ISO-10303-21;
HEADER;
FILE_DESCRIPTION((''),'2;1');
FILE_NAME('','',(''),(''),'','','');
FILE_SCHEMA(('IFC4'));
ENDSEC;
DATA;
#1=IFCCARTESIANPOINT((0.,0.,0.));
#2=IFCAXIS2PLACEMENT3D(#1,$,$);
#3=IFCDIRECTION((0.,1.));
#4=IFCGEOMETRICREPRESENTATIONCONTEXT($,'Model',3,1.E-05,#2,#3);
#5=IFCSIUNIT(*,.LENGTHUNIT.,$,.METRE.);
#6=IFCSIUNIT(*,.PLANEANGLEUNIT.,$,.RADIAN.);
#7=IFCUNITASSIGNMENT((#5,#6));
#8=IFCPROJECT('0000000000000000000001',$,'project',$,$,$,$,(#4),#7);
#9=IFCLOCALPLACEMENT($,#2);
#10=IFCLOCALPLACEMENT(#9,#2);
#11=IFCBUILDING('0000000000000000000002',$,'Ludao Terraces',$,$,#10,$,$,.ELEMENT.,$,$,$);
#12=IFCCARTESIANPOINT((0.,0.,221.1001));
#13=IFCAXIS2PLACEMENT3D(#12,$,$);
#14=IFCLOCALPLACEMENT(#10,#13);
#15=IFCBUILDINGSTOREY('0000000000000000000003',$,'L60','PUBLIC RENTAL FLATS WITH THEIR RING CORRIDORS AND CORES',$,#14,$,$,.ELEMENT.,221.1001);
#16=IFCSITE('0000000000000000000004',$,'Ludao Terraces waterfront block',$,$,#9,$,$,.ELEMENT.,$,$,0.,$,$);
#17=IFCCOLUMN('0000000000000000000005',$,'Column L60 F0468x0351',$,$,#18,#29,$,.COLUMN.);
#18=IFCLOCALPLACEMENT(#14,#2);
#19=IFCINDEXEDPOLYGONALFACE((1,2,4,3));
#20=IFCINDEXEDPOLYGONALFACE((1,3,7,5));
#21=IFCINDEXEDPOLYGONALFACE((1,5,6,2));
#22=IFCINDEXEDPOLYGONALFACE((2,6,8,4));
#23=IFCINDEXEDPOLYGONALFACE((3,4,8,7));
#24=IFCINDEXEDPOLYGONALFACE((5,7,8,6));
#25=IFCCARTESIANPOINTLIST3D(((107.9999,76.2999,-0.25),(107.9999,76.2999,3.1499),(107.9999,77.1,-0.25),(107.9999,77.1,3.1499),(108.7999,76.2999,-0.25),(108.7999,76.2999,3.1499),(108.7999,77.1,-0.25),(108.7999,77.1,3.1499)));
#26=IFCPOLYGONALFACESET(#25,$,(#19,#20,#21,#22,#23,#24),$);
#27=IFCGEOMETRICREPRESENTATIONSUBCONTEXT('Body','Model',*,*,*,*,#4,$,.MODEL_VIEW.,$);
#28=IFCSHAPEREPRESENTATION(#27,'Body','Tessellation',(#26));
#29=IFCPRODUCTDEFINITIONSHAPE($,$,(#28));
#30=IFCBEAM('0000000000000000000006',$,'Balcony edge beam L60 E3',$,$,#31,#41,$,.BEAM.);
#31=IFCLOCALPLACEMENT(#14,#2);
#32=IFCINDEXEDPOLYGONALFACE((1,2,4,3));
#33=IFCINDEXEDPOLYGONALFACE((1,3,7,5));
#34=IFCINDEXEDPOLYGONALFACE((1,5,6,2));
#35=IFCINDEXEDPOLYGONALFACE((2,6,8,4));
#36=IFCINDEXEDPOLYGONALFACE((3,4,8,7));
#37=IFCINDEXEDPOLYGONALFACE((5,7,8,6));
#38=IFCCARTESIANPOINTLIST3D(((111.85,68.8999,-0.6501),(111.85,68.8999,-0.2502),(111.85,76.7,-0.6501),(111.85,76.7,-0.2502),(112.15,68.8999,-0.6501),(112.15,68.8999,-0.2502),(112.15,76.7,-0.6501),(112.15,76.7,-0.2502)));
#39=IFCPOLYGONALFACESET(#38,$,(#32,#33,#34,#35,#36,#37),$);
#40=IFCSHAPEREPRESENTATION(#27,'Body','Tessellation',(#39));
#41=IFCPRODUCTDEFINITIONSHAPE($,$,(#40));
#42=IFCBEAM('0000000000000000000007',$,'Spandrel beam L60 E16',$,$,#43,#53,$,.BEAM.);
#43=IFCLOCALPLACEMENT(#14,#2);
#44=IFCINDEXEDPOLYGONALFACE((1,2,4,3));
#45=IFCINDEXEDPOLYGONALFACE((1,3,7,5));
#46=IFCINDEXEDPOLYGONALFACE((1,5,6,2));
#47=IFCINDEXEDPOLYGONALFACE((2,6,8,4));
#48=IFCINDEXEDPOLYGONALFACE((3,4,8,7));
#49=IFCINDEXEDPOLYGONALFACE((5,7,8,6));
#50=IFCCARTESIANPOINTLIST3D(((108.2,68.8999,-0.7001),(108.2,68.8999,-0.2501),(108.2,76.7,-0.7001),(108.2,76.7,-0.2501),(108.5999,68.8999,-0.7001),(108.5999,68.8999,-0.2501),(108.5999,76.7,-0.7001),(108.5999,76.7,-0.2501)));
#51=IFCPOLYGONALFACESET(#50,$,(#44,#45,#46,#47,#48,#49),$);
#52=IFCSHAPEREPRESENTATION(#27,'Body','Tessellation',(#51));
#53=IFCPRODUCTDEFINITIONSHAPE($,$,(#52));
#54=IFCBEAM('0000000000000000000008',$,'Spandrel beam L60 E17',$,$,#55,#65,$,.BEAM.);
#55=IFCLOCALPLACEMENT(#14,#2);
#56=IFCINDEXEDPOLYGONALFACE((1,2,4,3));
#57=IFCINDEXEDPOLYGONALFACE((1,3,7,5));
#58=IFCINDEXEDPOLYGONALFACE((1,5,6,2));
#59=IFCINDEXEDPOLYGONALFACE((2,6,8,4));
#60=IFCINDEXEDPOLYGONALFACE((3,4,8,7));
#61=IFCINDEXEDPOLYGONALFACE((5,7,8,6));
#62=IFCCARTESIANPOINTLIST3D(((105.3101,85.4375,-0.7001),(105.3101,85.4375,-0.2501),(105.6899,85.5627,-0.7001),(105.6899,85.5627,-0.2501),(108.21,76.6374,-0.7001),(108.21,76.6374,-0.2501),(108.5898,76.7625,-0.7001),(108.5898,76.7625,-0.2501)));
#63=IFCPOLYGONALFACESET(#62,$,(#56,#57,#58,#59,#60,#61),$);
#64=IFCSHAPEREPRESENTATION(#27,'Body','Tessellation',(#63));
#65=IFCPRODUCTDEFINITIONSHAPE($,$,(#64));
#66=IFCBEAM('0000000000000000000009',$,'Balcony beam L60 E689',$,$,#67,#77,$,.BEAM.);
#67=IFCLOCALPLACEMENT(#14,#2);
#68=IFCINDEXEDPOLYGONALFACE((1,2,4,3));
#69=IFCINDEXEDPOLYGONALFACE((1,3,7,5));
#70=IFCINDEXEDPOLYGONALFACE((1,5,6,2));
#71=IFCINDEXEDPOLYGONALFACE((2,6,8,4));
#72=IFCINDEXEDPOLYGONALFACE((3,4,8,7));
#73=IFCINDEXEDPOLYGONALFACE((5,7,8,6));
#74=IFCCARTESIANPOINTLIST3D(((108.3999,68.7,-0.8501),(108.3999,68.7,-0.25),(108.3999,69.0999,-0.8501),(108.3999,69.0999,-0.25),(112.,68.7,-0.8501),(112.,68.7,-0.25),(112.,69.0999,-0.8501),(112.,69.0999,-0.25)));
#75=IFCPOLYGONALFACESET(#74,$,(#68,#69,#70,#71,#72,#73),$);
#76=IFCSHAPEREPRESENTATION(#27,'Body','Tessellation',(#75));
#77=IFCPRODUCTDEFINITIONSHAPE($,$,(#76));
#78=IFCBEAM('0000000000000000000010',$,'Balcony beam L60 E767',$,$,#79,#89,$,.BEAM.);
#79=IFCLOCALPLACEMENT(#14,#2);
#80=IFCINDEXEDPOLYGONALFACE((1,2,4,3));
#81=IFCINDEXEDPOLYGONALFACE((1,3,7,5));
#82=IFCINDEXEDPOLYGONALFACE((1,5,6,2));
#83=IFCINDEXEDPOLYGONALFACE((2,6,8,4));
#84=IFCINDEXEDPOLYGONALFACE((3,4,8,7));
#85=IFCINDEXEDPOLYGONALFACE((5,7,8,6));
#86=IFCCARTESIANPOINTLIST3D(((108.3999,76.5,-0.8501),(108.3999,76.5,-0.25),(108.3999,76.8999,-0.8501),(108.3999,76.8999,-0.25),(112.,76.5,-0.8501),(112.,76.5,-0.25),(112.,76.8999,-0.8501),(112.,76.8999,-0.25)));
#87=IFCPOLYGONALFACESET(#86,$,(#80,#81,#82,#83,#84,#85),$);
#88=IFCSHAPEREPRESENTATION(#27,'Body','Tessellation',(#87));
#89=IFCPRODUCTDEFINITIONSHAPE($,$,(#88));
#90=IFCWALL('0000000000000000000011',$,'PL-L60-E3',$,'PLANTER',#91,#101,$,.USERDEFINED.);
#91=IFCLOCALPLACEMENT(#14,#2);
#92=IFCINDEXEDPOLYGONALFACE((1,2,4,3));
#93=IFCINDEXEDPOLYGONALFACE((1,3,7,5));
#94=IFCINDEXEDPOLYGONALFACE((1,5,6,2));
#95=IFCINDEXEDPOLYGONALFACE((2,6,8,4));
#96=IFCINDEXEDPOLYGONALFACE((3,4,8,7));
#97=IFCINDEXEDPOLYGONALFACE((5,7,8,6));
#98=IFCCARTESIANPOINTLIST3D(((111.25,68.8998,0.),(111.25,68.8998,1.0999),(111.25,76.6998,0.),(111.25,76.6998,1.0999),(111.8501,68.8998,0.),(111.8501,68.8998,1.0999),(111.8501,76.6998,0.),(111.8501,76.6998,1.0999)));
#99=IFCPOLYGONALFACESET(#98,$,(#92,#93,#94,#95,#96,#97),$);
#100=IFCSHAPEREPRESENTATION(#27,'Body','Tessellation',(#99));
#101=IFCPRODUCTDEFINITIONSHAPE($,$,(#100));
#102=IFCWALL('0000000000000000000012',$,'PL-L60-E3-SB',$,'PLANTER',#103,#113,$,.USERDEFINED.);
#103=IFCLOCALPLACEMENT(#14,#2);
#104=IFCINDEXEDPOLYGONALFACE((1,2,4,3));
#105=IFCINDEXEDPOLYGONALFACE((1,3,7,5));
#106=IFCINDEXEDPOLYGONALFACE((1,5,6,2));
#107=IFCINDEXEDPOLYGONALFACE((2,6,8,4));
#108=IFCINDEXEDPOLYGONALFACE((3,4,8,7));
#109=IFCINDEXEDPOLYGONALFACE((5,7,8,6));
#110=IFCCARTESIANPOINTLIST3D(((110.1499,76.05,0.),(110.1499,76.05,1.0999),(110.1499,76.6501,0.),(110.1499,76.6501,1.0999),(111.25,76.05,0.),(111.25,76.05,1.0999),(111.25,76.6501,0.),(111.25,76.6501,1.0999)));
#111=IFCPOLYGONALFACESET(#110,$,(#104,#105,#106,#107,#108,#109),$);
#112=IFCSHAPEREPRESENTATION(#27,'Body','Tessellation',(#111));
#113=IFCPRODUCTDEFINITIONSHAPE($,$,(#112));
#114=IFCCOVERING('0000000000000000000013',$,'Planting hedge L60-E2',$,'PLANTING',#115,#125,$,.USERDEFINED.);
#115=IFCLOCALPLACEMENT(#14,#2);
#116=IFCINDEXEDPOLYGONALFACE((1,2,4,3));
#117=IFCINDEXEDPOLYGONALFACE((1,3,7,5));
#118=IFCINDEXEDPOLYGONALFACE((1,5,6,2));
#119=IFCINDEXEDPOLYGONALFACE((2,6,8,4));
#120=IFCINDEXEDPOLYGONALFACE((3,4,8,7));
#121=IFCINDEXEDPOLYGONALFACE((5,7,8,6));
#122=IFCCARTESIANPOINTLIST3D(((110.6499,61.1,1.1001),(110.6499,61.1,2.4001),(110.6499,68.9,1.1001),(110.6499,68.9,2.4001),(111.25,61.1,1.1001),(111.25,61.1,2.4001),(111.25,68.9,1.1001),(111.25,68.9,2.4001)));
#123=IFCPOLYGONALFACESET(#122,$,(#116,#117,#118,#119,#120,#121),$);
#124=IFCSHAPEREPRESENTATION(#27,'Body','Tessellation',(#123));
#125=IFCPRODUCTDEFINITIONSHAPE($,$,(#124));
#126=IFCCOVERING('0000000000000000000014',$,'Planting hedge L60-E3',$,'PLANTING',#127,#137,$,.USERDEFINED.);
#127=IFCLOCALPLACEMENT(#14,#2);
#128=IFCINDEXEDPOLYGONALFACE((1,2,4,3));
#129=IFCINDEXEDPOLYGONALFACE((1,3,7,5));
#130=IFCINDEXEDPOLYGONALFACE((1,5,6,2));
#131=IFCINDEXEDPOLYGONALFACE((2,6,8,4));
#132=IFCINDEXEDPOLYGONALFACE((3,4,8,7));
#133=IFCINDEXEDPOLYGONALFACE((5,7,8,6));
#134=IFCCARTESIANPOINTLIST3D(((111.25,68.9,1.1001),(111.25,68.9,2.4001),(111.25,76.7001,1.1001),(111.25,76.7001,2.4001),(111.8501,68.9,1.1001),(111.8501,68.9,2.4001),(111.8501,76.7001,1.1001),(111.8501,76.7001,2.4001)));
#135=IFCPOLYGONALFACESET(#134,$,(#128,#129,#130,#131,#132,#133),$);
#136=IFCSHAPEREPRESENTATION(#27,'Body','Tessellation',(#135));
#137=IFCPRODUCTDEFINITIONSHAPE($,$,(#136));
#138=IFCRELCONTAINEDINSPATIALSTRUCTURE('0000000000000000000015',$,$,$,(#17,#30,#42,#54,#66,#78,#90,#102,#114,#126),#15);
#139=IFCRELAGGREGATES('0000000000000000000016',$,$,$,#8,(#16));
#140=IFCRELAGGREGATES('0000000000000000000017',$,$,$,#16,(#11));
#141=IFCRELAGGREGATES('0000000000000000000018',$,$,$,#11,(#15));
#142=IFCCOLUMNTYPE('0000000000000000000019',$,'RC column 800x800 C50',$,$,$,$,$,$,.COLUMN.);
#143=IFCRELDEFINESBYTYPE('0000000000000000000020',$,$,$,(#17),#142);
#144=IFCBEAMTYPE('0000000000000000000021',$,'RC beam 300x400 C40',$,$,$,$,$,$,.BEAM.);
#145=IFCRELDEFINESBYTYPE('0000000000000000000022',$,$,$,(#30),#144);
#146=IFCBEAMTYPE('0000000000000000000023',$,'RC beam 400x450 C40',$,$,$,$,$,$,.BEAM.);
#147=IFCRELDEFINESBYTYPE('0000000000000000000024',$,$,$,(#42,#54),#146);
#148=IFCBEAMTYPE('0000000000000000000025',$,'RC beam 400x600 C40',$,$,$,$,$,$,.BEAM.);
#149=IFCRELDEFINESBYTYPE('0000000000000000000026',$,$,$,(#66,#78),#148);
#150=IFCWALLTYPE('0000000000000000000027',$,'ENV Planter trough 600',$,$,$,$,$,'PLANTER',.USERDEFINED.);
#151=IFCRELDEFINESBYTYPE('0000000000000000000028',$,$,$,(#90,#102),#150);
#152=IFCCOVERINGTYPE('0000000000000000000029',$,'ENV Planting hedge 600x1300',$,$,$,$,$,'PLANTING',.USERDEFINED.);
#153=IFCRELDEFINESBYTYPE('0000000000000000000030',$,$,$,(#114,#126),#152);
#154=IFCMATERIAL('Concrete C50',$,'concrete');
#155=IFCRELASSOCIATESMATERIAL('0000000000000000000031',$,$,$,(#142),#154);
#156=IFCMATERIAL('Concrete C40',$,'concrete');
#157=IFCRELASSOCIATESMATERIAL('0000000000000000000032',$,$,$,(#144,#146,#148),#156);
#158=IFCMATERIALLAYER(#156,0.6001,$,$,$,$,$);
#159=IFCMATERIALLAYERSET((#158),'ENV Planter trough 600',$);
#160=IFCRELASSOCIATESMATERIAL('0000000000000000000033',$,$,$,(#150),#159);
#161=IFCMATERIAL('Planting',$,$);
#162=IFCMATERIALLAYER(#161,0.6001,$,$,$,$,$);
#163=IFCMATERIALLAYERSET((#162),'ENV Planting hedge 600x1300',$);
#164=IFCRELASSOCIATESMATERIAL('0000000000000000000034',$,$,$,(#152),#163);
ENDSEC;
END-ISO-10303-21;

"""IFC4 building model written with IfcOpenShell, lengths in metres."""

from ifc_helpers import new_model, si_unit, direction, frame, frame_2d, origin, origin_2d, place, context, subcontext, project, spatial, rectangle, extrude, material, layer, layer_set, material_profile, profile_set, type_object, element, save


model = new_model("IFC4")

# Units and contexts
model_context = context("Model", 3, precision=1e-05, world=origin(), true_north=direction((0.0, 1.0)))
body_context = subcontext(model_context, "Body", "Model", "MODEL_VIEW")
ifc_project = project(units=[si_unit("LENGTHUNIT", "METRE"), si_unit("PLANEANGLEUNIT", "RADIAN")], contexts=[model_context])

# Site, building, storey
site_placement = place(None, origin())
site = spatial("IfcSite", under=ifc_project, at=site_placement, Name="Ludao Terraces waterfront block", CompositionType="ELEMENT", RefElevation=0.0)
building_placement = place(site_placement, origin())
building = spatial("IfcBuilding", under=site, at=building_placement, Name="Ludao Terraces", CompositionType="ELEMENT")
storey_placement = place(building_placement, frame((0.0, 0.0, 221.1001)))
storey = spatial("IfcBuildingStorey", under=building, at=storey_placement, Name="L60", Description="PUBLIC RENTAL FLATS WITH THEIR RING CORRIDORS AND CORES", CompositionType="ELEMENT", Elevation=221.1001)

# Column
ifc_material_1 = material(Name="Concrete C50", Category="concrete")
ifc_material_profile_1 = material_profile(ifc_material_1, rectangle(XDim=0.8, YDim=0.8, at=origin_2d()), Name="800 X 800")
ifc_profile_set_1 = profile_set([ifc_material_profile_1], Name="Concrete C50")
column_type = type_object("IfcColumnType", Name="RC column 800x800 C50", PredefinedType="COLUMN", material=ifc_profile_set_1)
column_placement = place(storey_placement, frame((108.3999, 76.7, -0.25), z_axis=(0.0, 0.0, 1.0), x_axis=(1.0, 0.0, 0.0)))
element("IfcColumn", 1, at=column_placement, inside=storey, type_object=column_type, Name="Column L60 F0468x0351", PredefinedType="COLUMN", context=body_context, shape_type="SweptSolid", body=[
    extrude(rectangle(XDim=0.8, YDim=0.8, at=origin_2d()), origin(), (0.0, 0.0, 1.0), 3.3999),
])

# Beams
ifc_material_2 = material(Name="Concrete C40", Category="concrete")
ifc_material_profile_2 = material_profile(ifc_material_2, rectangle(XDim=0.3, YDim=0.3999, at=origin_2d()), Name="300 X 400")
ifc_profile_set_2 = profile_set([ifc_material_profile_2], Name="Concrete C40")
beam_type_1 = type_object("IfcBeamType", Name="RC beam 300x400 C40", PredefinedType="BEAM", material=ifc_profile_set_2)
beam_1_placement = place(storey_placement, frame((112.0, 68.8999, -0.4502), z_axis=(0.0, 1.0, 0.0), x_axis=(-1.0, 0.0, 0.0)))
element("IfcBeam", 2, at=beam_1_placement, inside=storey, type_object=beam_type_1, Name="Balcony edge beam L60 E3", PredefinedType="BEAM", context=body_context, shape_type="SweptSolid", body=[
    extrude(rectangle(XDim=0.3, YDim=0.3999, at=origin_2d()), origin(), (0.0, 0.0, 1.0), 7.8),
])
ifc_material_profile_3 = material_profile(ifc_material_2, rectangle(XDim=0.3999, YDim=0.45, at=origin_2d()), Name="400 X 450")
ifc_profile_set_3 = profile_set([ifc_material_profile_3], Name="Concrete C40")
beam_type_2 = type_object("IfcBeamType", Name="RC beam 400x450 C40", PredefinedType="BEAM", material=ifc_profile_set_3)
beam_2_placement = place(storey_placement, frame((108.3999, 68.8999, -0.4751), z_axis=(0.0, 1.0, 0.0), x_axis=(-1.0, 0.0, 0.0)))
element("IfcBeam", 3, at=beam_2_placement, inside=storey, type_object=beam_type_2, Name="Spandrel beam L60 E16", PredefinedType="BEAM", context=body_context, shape_type="SweptSolid", body=[
    extrude(rectangle(XDim=0.3999, YDim=0.45, at=origin_2d()), origin(), (0.0, 0.0, 1.0), 7.8),
])
beam_3_placement = place(storey_placement, frame((108.3999, 76.7, -0.4751), z_axis=(-0.312977, 0.949761, 0.0), x_axis=(-0.949761, -0.312977, 0.0)))
element("IfcBeam", 4, at=beam_3_placement, inside=storey, type_object=beam_type_2, Name="Spandrel beam L60 E17", PredefinedType="BEAM", context=body_context, shape_type="SweptSolid", body=[
    extrude(rectangle(XDim=0.3999, YDim=0.45, at=origin_2d()), origin(), (0.0, 0.0, 1.0), 9.2656),
])
ifc_material_profile_4 = material_profile(ifc_material_2, rectangle(XDim=0.3999, YDim=0.6001, at=origin_2d()), Name="400 X 600")
ifc_profile_set_4 = profile_set([ifc_material_profile_4], Name="Concrete C40")
beam_type_3 = type_object("IfcBeamType", Name="RC beam 400x600 C40", PredefinedType="BEAM", material=ifc_profile_set_4)
for number, where, z_axis, x_axis, name in (
    (5, (108.3999, 68.8999, -0.55), (1.0, 0.0, 0.0), (0.0, 1.0, 0.0), "Balcony beam L60 E689"),
    (6, (108.3999, 76.7, -0.55), (1.0, 0.0, 0.0), (0.0, 1.0, 0.0), "Balcony beam L60 E767"),
):
    element("IfcBeam", number, at=place(storey_placement, frame(where, z_axis=z_axis, x_axis=x_axis)), inside=storey, type_object=beam_type_3, Name=name, PredefinedType="BEAM", context=body_context, shape_type="SweptSolid", body=[
        extrude(rectangle(XDim=0.3999, YDim=0.6001, at=origin_2d()), origin(), (0.0, 0.0, 1.0), 3.6001),
    ])

# Walls
ifc_layer_1 = layer(ifc_material_2, 0.6001)
ifc_layer_set_1 = layer_set([ifc_layer_1], Name="ENV Planter trough 600")
wall_type = type_object("IfcWallType", Name="ENV Planter trough 600", ElementType="PLANTER", PredefinedType="USERDEFINED", material=ifc_layer_set_1)
wall_1_placement = place(storey_placement, frame((111.55, 68.8999, 0.0), z_axis=(0.0, 0.0, 1.0), x_axis=(0.0, 1.0, 0.0)))
element("IfcWall", 7, at=wall_1_placement, inside=storey, type_object=wall_type, Name="PL-L60-E3", ObjectType="PLANTER", PredefinedType="USERDEFINED", context=body_context, shape_type="SweptSolid", body=[
    extrude(rectangle(XDim=7.8, YDim=0.6001, at=frame_2d((3.8999, 0.0))), origin(), (0.0, 0.0, 1.0), 1.0999),
])
wall_2_placement = place(storey_placement, frame((111.25, 76.3501, 0.0), z_axis=(0.0, 0.0, 1.0), x_axis=(-1.0, 0.0, 0.0)))
element("IfcWall", 8, at=wall_2_placement, inside=storey, type_object=wall_type, Name="PL-L60-E3-SB", ObjectType="PLANTER", PredefinedType="USERDEFINED", context=body_context, shape_type="SweptSolid", body=[
    extrude(rectangle(XDim=1.1001, YDim=0.6001, at=frame_2d((0.55, 0.0))), origin(), (0.0, 0.0, 1.0), 1.0999),
])

# Coverings
ifc_material_3 = material(Name="Planting")
ifc_layer_2 = layer(ifc_material_3, 0.6001)
ifc_layer_set_2 = layer_set([ifc_layer_2], Name="ENV Planting hedge 600x1300")
covering_type = type_object("IfcCoveringType", Name="ENV Planting hedge 600x1300", ElementType="PLANTING", PredefinedType="USERDEFINED", material=ifc_layer_set_2)
for number, where, z_axis, x_axis, name in (
    (9, (110.95, 65.0, 1.1001), (0.0, 0.0, 1.0), (1.0, 0.0, 0.0), "Planting hedge L60-E2"),
    (10, (111.55, 72.8, 1.1001), (0.0, 0.0, 1.0), (1.0, 0.0, 0.0), "Planting hedge L60-E3"),
):
    element("IfcCovering", number, at=place(storey_placement, frame(where, z_axis=z_axis, x_axis=x_axis)), inside=storey, type_object=covering_type, Name=name, ObjectType="PLANTING", PredefinedType="USERDEFINED", context=body_context, shape_type="SweptSolid", body=[
        extrude(rectangle(XDim=0.6001, YDim=7.8, at=origin_2d()), origin(), (0.0, 0.0, 1.0), 1.3),
    ])

save(model, "model.ifc")
